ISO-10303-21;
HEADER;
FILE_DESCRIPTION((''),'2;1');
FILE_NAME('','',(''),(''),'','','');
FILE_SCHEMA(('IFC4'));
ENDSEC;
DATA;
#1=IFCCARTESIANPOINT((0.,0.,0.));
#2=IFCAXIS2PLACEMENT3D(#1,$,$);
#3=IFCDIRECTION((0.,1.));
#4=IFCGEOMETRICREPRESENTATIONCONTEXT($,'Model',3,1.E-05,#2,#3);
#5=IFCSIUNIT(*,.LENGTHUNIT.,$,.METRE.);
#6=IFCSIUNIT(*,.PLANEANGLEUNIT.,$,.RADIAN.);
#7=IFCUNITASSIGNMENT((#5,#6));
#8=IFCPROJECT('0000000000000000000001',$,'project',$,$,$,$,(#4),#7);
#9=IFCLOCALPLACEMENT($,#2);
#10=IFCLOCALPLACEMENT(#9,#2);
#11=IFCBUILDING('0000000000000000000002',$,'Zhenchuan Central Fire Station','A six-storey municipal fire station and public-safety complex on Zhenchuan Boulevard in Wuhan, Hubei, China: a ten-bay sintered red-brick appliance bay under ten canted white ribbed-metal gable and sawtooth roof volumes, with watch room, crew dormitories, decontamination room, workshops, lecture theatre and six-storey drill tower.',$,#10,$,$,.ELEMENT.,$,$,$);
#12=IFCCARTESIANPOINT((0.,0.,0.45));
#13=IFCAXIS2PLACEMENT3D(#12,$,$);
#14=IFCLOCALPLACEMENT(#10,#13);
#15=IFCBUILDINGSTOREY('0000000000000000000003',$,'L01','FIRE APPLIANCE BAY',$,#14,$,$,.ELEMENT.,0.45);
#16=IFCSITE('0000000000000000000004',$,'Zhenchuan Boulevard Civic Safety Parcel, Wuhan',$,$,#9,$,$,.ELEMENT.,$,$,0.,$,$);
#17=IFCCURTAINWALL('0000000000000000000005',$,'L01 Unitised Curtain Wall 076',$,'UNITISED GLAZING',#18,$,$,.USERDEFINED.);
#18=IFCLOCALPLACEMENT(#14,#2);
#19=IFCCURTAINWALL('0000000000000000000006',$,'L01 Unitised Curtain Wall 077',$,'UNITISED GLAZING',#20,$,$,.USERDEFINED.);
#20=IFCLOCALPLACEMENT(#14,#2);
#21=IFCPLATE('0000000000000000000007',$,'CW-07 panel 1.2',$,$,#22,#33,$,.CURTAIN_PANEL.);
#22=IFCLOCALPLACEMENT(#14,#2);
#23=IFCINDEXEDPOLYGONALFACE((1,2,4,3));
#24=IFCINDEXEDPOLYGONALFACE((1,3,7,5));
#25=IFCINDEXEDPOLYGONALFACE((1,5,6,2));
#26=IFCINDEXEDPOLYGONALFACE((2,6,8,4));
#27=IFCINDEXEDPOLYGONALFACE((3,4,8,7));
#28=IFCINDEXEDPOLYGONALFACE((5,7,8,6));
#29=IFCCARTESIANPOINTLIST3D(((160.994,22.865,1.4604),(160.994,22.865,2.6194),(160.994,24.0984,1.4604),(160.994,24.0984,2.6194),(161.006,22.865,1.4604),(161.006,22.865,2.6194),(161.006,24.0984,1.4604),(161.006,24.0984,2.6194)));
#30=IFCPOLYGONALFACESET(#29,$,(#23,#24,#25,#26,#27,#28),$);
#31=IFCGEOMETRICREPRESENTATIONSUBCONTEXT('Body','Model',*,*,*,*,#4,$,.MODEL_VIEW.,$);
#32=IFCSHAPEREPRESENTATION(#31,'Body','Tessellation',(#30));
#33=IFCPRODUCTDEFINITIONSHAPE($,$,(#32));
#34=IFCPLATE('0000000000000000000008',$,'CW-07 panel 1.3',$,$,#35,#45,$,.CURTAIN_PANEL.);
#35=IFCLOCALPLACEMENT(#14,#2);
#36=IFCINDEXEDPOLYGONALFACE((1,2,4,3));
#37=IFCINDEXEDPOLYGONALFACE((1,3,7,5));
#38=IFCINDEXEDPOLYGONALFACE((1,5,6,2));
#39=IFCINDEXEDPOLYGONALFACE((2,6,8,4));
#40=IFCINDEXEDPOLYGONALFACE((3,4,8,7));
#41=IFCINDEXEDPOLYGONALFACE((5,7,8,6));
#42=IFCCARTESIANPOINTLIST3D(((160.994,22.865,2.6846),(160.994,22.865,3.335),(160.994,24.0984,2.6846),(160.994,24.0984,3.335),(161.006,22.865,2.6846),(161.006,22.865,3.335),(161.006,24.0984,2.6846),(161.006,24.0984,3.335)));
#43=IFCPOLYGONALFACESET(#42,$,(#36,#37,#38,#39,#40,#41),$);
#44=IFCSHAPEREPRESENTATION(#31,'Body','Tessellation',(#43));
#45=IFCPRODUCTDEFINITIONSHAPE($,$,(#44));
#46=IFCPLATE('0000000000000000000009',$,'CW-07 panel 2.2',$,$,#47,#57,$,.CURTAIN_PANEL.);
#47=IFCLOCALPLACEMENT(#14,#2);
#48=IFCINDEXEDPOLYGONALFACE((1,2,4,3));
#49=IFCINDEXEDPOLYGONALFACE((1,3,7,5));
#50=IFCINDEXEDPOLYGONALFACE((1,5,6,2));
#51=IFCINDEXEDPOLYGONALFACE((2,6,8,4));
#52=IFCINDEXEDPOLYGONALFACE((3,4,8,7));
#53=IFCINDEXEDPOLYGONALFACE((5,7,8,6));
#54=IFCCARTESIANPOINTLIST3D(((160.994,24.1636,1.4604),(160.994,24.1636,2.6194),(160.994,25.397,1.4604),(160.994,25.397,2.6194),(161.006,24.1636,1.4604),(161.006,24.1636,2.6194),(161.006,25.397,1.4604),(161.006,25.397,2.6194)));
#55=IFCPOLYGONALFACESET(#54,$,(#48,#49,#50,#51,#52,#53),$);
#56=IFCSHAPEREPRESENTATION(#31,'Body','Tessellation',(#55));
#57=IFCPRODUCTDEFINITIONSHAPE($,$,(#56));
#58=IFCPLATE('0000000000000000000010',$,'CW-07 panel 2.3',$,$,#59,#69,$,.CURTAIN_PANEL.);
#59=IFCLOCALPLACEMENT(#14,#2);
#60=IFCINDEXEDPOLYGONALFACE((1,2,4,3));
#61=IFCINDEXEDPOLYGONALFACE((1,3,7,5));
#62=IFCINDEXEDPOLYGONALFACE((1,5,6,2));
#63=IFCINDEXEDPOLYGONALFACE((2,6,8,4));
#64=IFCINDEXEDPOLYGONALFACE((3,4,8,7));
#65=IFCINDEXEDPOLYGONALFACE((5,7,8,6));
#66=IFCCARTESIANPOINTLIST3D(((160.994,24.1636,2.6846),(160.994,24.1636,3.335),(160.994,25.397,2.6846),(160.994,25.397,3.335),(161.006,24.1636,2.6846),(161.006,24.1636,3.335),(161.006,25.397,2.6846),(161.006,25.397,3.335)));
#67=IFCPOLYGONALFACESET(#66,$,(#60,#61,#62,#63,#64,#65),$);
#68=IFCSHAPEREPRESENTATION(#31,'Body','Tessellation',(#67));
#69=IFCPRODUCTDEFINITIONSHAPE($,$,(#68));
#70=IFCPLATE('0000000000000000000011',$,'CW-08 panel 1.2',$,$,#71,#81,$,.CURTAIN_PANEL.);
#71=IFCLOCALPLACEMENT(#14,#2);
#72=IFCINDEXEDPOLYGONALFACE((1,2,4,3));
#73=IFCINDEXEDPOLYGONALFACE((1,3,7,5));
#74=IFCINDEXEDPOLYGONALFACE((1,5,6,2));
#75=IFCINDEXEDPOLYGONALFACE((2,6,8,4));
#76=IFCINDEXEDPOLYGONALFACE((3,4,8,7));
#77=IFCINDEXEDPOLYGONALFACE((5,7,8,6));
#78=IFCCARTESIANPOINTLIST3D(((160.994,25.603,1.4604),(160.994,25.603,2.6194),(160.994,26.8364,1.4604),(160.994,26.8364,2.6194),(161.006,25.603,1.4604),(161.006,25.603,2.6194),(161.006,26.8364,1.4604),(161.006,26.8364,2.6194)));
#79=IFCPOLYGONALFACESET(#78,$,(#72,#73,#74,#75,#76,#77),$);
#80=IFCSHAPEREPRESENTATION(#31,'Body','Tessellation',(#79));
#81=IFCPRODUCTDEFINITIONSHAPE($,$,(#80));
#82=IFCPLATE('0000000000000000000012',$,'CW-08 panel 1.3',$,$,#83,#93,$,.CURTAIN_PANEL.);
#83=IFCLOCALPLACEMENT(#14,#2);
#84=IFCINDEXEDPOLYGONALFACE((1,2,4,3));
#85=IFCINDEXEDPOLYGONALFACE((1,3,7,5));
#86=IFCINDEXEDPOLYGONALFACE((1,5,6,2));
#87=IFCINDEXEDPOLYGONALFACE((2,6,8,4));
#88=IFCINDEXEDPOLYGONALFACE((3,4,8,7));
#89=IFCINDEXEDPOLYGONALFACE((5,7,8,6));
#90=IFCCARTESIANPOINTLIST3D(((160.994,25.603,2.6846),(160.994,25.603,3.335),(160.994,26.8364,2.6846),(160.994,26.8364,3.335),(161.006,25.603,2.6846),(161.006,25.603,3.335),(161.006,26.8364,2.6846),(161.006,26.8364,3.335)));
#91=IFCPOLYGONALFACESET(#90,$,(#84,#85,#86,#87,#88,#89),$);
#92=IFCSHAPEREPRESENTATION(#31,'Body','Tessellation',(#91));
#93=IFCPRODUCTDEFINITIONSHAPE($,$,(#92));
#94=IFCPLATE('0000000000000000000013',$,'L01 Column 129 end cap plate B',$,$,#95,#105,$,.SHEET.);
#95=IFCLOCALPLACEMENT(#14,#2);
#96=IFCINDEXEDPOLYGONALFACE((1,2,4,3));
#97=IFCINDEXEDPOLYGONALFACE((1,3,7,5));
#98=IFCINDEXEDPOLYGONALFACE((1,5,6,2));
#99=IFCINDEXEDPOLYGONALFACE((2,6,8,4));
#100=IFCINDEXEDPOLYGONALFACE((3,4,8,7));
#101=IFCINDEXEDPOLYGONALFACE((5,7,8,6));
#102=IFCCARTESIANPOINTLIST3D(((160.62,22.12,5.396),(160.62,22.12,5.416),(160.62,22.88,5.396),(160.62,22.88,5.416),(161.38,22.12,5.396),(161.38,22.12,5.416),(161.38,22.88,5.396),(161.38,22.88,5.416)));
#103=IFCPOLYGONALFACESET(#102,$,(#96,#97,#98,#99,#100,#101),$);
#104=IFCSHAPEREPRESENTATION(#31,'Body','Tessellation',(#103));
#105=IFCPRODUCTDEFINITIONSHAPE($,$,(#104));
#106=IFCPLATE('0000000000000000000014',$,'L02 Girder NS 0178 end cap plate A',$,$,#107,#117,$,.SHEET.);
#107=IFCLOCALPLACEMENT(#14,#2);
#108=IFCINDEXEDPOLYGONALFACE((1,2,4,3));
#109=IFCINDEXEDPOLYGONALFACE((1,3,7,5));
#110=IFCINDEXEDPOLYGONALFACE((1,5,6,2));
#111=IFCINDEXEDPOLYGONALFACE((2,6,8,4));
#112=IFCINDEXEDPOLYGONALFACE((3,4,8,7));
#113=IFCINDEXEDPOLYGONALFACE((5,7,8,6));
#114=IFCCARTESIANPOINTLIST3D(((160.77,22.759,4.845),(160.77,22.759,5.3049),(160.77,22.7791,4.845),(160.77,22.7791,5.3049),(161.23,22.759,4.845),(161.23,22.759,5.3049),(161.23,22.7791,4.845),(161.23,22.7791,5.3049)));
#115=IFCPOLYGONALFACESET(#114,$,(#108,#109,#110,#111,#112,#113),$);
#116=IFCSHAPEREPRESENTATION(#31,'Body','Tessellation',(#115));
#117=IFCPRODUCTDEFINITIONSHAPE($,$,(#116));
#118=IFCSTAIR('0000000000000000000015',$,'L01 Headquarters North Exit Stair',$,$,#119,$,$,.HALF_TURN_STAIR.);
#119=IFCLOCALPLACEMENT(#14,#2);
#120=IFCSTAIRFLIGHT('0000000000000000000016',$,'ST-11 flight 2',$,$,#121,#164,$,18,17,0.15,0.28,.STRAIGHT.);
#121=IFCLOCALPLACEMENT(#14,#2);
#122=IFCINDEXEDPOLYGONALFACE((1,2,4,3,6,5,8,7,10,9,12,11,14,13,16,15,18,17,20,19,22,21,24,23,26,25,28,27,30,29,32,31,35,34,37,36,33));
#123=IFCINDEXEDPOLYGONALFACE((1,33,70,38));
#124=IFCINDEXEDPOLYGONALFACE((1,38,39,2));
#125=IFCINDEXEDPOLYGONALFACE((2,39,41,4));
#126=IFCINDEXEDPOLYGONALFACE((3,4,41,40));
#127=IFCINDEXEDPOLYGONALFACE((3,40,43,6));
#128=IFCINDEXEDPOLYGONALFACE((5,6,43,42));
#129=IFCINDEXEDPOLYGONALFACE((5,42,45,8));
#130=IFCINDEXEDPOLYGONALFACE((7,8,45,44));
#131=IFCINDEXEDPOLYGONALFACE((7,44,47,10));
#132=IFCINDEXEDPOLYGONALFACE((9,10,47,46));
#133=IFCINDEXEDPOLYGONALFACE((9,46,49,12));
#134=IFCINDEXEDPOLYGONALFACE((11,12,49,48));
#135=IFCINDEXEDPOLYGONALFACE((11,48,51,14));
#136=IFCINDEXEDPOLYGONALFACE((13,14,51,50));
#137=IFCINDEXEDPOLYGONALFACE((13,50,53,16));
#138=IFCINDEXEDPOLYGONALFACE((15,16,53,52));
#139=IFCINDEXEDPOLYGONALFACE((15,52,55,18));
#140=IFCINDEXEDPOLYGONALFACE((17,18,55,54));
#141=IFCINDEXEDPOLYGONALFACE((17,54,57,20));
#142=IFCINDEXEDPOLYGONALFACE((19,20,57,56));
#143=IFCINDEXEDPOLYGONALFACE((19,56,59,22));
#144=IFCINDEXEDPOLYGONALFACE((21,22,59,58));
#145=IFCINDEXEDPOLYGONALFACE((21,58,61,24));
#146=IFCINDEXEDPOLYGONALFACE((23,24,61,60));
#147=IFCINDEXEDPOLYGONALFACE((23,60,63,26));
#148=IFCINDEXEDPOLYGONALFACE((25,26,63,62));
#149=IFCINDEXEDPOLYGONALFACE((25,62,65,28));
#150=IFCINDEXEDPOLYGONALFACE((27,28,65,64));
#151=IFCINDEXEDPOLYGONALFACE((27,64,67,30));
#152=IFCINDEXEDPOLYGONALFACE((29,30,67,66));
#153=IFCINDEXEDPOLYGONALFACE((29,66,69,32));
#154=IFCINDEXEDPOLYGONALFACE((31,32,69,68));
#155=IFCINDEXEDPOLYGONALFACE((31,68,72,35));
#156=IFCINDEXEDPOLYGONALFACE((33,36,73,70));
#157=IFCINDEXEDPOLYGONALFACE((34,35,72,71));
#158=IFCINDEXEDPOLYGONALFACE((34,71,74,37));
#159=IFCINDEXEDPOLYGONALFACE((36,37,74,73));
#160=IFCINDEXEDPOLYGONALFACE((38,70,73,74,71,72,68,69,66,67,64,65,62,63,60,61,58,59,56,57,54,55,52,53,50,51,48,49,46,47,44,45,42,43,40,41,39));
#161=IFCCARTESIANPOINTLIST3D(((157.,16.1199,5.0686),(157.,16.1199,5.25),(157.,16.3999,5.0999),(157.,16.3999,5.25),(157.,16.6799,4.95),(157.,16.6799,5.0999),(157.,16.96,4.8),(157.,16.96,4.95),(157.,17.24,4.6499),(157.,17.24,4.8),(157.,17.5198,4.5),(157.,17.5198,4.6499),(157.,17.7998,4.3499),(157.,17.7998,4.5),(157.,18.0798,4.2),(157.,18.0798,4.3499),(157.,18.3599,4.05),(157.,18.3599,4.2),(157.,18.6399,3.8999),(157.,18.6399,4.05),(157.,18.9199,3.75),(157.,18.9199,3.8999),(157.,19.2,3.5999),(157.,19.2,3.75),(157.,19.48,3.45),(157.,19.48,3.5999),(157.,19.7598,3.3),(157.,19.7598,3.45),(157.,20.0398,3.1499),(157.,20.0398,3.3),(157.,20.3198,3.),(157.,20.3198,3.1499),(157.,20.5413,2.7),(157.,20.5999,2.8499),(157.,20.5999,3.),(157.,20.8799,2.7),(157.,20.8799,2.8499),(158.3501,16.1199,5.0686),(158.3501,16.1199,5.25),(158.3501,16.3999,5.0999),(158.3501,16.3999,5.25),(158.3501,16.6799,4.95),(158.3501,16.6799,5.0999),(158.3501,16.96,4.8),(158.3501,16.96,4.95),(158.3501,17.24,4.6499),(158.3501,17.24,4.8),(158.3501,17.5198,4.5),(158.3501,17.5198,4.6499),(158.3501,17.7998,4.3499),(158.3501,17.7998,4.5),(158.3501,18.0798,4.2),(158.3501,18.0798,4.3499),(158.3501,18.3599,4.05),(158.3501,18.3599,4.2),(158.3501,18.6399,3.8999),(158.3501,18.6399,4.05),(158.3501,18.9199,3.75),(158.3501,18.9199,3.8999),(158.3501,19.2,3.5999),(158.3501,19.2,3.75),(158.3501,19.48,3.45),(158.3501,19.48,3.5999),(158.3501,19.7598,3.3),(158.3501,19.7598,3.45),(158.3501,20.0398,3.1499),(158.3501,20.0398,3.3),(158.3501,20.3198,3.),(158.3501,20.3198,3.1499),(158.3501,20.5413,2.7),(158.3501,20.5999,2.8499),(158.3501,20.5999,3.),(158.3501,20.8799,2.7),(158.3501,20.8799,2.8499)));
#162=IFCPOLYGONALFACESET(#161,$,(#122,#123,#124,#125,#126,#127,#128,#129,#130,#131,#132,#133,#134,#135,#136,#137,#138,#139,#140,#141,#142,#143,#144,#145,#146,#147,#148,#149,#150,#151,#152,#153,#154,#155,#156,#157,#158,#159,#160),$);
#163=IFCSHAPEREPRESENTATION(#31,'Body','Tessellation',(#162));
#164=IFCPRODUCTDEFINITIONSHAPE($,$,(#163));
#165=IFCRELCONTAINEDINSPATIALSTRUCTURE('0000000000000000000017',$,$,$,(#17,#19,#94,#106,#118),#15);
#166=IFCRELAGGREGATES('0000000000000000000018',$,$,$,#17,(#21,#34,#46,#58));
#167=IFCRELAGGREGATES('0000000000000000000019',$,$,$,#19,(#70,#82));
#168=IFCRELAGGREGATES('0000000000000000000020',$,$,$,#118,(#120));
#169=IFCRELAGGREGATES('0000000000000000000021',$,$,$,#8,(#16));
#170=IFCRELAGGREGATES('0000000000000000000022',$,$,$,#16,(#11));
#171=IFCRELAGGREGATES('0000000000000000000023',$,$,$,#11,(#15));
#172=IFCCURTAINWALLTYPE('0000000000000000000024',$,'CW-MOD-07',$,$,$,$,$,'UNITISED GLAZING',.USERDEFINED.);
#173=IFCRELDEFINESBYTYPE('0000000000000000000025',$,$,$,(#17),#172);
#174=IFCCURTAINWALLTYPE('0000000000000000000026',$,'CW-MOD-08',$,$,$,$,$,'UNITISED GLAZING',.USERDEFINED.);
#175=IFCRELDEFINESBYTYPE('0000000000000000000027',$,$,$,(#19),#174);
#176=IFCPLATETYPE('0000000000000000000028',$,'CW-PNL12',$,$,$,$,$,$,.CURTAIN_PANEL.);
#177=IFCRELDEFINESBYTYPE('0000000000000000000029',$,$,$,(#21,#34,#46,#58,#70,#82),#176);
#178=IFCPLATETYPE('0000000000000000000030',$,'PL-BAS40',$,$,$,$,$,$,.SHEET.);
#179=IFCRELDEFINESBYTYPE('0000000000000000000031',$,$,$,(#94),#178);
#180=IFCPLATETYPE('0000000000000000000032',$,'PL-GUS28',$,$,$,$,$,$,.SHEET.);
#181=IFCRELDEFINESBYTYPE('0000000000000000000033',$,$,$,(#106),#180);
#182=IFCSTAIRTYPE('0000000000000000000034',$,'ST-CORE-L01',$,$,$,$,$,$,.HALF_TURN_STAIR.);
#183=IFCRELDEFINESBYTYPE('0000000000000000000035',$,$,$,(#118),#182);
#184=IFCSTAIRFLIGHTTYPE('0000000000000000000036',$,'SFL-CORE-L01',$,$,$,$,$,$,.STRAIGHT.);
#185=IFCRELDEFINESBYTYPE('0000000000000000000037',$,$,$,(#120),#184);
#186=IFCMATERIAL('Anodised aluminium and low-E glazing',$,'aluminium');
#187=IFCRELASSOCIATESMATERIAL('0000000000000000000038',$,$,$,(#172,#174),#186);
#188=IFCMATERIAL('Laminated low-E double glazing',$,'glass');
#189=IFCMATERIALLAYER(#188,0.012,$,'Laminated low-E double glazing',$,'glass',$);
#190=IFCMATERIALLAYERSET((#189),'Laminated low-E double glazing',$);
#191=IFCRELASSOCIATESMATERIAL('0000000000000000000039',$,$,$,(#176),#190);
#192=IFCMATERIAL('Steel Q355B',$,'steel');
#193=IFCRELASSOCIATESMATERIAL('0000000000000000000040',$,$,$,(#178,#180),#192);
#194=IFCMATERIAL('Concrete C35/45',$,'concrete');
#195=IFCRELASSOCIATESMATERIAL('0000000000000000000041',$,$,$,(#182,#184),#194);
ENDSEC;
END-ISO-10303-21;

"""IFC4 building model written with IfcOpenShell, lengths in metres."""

from ifc_helpers import new_model, si_unit, direction, frame, origin, origin_2d, place, context, subcontext, project, spatial, polyline, rectangle, outline, extrude, material, layer, layer_set, material_profile, profile_set, type_object, element, aggregate, save


model = new_model("IFC4")

# Units and contexts
model_context = context("Model", 3, precision=1e-05, world=origin(), true_north=direction((0.0, 1.0)))
body_context = subcontext(model_context, "Body", "Model", "MODEL_VIEW")
ifc_project = project(units=[si_unit("LENGTHUNIT", "METRE"), si_unit("PLANEANGLEUNIT", "RADIAN")], contexts=[model_context])

# Site, building, storey
site_placement = place(None, origin())
site = spatial("IfcSite", under=ifc_project, at=site_placement, Name="Zhenchuan Boulevard Civic Safety Parcel, Wuhan", CompositionType="ELEMENT", RefElevation=0.0)
building_placement = place(site_placement, origin())
building = spatial("IfcBuilding", under=site, at=building_placement, Name="Zhenchuan Central Fire Station", Description="A six-storey municipal fire station and public-safety complex on Zhenchuan Boulevard in Wuhan, Hubei, China: a ten-bay sintered red-brick appliance bay under ten canted white ribbed-metal gable and sawtooth roof volumes, with watch room, crew dormitories, decontamination room, workshops, lecture theatre and six-storey drill tower.", CompositionType="ELEMENT")
storey_placement = place(building_placement, frame((0.0, 0.0, 0.45)))
storey = spatial("IfcBuildingStorey", under=building, at=storey_placement, Name="L01", Description="FIRE APPLIANCE BAY", CompositionType="ELEMENT", Elevation=0.45)

# Curtain walls
ifc_material_1 = material(Name="Anodised aluminium and low-E glazing", Category="aluminium")
curtain_wall_type_1 = type_object("IfcCurtainWallType", Name="CW-MOD-07", ElementType="UNITISED GLAZING", PredefinedType="USERDEFINED", material=ifc_material_1)
curtain_wall_1_placement = place(storey_placement, origin())
curtain_wall_1 = element("IfcCurtainWall", 1, at=curtain_wall_1_placement, inside=storey, type_object=curtain_wall_type_1, Name="L01 Unitised Curtain Wall 076", ObjectType="UNITISED GLAZING", PredefinedType="USERDEFINED")
curtain_wall_type_2 = type_object("IfcCurtainWallType", Name="CW-MOD-08", ElementType="UNITISED GLAZING", PredefinedType="USERDEFINED", material=ifc_material_1)
curtain_wall_2_placement = place(storey_placement, origin())
curtain_wall_2 = element("IfcCurtainWall", 2, at=curtain_wall_2_placement, inside=storey, type_object=curtain_wall_type_2, Name="L01 Unitised Curtain Wall 077", ObjectType="UNITISED GLAZING", PredefinedType="USERDEFINED")

# Shared definitions
ifc_material_2 = material(Name="Steel Q355B", Category="steel")

# Plates
ifc_material_3 = material(Name="Laminated low-E double glazing", Category="glass")
ifc_layer = layer(ifc_material_3, 0.012, Name="Laminated low-E double glazing", Category="glass")
ifc_layer_set = layer_set([ifc_layer], Name="Laminated low-E double glazing")
plate_type_1 = type_object("IfcPlateType", Name="CW-PNL12", PredefinedType="CURTAIN_PANEL", material=ifc_layer_set)
plate_1_placement = place(storey_placement, frame((161.0, 23.4817, 1.4604), z_axis=(0.0, 0.0, 1.0), x_axis=(0.0, 1.0, 0.0)))
plate_1 = element("IfcPlate", 3, at=plate_1_placement, type_object=plate_type_1, Name="CW-07 panel 1.2", PredefinedType="CURTAIN_PANEL", context=body_context, shape_type="SweptSolid", body=[
    extrude(rectangle(XDim=1.2334, YDim=0.012, at=origin_2d()), origin(), (0.0, 0.0, 1.0), 1.1589),
])
plate_2_placement = place(storey_placement, frame((161.0, 23.4817, 2.6846), z_axis=(0.0, 0.0, 1.0), x_axis=(0.0, 1.0, 0.0)))
plate_2 = element("IfcPlate", 4, at=plate_2_placement, type_object=plate_type_1, Name="CW-07 panel 1.3", PredefinedType="CURTAIN_PANEL", context=body_context, shape_type="SweptSolid", body=[
    extrude(rectangle(XDim=1.2334, YDim=0.012, at=origin_2d()), origin(), (0.0, 0.0, 1.0), 0.6504),
])
plate_3_placement = place(storey_placement, frame((161.0, 24.7803, 1.4604), z_axis=(0.0, 0.0, 1.0), x_axis=(0.0, 1.0, 0.0)))
plate_3 = element("IfcPlate", 5, at=plate_3_placement, type_object=plate_type_1, Name="CW-07 panel 2.2", PredefinedType="CURTAIN_PANEL", context=body_context, shape_type="SweptSolid", body=[
    extrude(rectangle(XDim=1.2334, YDim=0.012, at=origin_2d()), origin(), (0.0, 0.0, 1.0), 1.1589),
])
plate_4_placement = place(storey_placement, frame((161.0, 24.7803, 2.6846), z_axis=(0.0, 0.0, 1.0), x_axis=(0.0, 1.0, 0.0)))
plate_4 = element("IfcPlate", 6, at=plate_4_placement, type_object=plate_type_1, Name="CW-07 panel 2.3", PredefinedType="CURTAIN_PANEL", context=body_context, shape_type="SweptSolid", body=[
    extrude(rectangle(XDim=1.2334, YDim=0.012, at=origin_2d()), origin(), (0.0, 0.0, 1.0), 0.6504),
])
aggregate(curtain_wall_1, [plate_1, plate_2, plate_3, plate_4])
plate_5_placement = place(storey_placement, frame((161.0, 26.2197, 1.4604), z_axis=(0.0, 0.0, 1.0), x_axis=(0.0, 1.0, 0.0)))
plate_5 = element("IfcPlate", 7, at=plate_5_placement, type_object=plate_type_1, Name="CW-08 panel 1.2", PredefinedType="CURTAIN_PANEL", context=body_context, shape_type="SweptSolid", body=[
    extrude(rectangle(XDim=1.2334, YDim=0.012, at=origin_2d()), origin(), (0.0, 0.0, 1.0), 1.1589),
])
plate_6_placement = place(storey_placement, frame((161.0, 26.2197, 2.6846), z_axis=(0.0, 0.0, 1.0), x_axis=(0.0, 1.0, 0.0)))
plate_6 = element("IfcPlate", 8, at=plate_6_placement, type_object=plate_type_1, Name="CW-08 panel 1.3", PredefinedType="CURTAIN_PANEL", context=body_context, shape_type="SweptSolid", body=[
    extrude(rectangle(XDim=1.2334, YDim=0.012, at=origin_2d()), origin(), (0.0, 0.0, 1.0), 0.6504),
])
aggregate(curtain_wall_2, [plate_5, plate_6])

# Plates
ifc_material_profile_1 = material_profile(ifc_material_2, rectangle(XDim=0.76, YDim=0.76, at=origin_2d()), Name="PL 760x760x40")
ifc_profile_set_1 = profile_set([ifc_material_profile_1], Name="Steel Q355B")
plate_type_2 = type_object("IfcPlateType", Name="PL-BAS40", PredefinedType="SHEET", material=ifc_profile_set_1)
plate_7_placement = place(storey_placement, frame((161.0, 22.5, 5.396), z_axis=(0.0, 0.0, 1.0), x_axis=(1.0, 0.0, 0.0)))
element("IfcPlate", 9, at=plate_7_placement, inside=storey, type_object=plate_type_2, Name="L01 Column 129 end cap plate B", PredefinedType="SHEET", context=body_context, shape_type="SweptSolid", body=[
    extrude(rectangle(XDim=0.76, YDim=0.76, at=origin_2d()), origin(), (0.0, 0.0, 1.0), 0.02),
])
ifc_material_profile_2 = material_profile(ifc_material_2, rectangle(XDim=0.46, YDim=0.46, at=origin_2d()), Name="PL 460x460x28")
ifc_profile_set_2 = profile_set([ifc_material_profile_2], Name="Steel Q355B")
plate_type_3 = type_object("IfcPlateType", Name="PL-GUS28", PredefinedType="SHEET", material=ifc_profile_set_2)
plate_8_placement = place(storey_placement, frame((161.0, 22.759, 5.075), z_axis=(0.0, 1.0, 0.0), x_axis=(-1.0, 0.0, 0.0)))
element("IfcPlate", 10, at=plate_8_placement, inside=storey, type_object=plate_type_3, Name="L02 Girder NS 0178 end cap plate A", PredefinedType="SHEET", context=body_context, shape_type="SweptSolid", body=[
    extrude(rectangle(XDim=0.46, YDim=0.46, at=origin_2d()), origin(), (0.0, 0.0, 1.0), 0.02),
])

# Stair, stair flight
ifc_material_4 = material(Name="Concrete C35/45", Category="concrete")
stair_type = type_object("IfcStairType", Name="ST-CORE-L01", PredefinedType="HALF_TURN_STAIR", material=ifc_material_4)
stair_placement = place(storey_placement, origin())
stair = element("IfcStair", 11, at=stair_placement, inside=storey, type_object=stair_type, Name="L01 Headquarters North Exit Stair", PredefinedType="HALF_TURN_STAIR")
stair_flight_type = type_object("IfcStairFlightType", Name="SFL-CORE-L01", PredefinedType="STRAIGHT", material=ifc_material_4)
stair_flight_placement = place(storey_placement, frame((157.675, 20.8799, 2.7), z_axis=(0.0, 0.0, 1.0), x_axis=(0.0, -1.0, 0.0)))
stair_flight = element("IfcStairFlight", 12, at=stair_flight_placement, type_object=stair_flight_type, Name="ST-11 flight 2", NumberOfRisers=18, NumberOfTreads=17, PredefinedType="STRAIGHT", RiserHeight=0.15, TreadLength=0.28, context=body_context, shape_type="SweptSolid", body=[
    extrude(outline(polyline([(0.0, 0.0), (0.0, 0.1499), (0.28, 0.1499), (0.28, 0.3), (0.5601, 0.3), (0.5601, 0.45), (0.8401, 0.45), (0.8401, 0.6001), (1.1201, 0.6001), (1.1201, 0.75), (1.3999, 0.75), (1.3999, 0.8999), (1.6799, 0.8999), (1.6799, 1.05), (1.96, 1.05), (1.96, 1.2), (2.24, 1.2), (2.24, 1.3501), (2.52, 1.3501), (2.52, 1.5), (2.8, 1.5), (2.8, 1.6499), (3.0801, 1.6499), (3.0801, 1.8), (3.3601, 1.8), (3.3601, 1.95), (3.6399, 1.95), (3.6399, 2.1001), (3.9199, 2.1001), (3.9199, 2.25), (4.2, 2.25), (4.2, 2.3999), (4.48, 2.3999), (4.48, 2.55), (4.76, 2.55), (4.76, 2.7), (4.76, 2.3687), (0.3386, 0.0), (0.0, 0.0)])), frame((0.0, 0.675, 0.0), z_axis=(0.0, -1.0, 0.0), x_axis=(1.0, 0.0, 0.0)), (0.0, 0.0, 1.0), 1.3501),
])
aggregate(stair, [stair_flight])

save(model, "model.ifc")
